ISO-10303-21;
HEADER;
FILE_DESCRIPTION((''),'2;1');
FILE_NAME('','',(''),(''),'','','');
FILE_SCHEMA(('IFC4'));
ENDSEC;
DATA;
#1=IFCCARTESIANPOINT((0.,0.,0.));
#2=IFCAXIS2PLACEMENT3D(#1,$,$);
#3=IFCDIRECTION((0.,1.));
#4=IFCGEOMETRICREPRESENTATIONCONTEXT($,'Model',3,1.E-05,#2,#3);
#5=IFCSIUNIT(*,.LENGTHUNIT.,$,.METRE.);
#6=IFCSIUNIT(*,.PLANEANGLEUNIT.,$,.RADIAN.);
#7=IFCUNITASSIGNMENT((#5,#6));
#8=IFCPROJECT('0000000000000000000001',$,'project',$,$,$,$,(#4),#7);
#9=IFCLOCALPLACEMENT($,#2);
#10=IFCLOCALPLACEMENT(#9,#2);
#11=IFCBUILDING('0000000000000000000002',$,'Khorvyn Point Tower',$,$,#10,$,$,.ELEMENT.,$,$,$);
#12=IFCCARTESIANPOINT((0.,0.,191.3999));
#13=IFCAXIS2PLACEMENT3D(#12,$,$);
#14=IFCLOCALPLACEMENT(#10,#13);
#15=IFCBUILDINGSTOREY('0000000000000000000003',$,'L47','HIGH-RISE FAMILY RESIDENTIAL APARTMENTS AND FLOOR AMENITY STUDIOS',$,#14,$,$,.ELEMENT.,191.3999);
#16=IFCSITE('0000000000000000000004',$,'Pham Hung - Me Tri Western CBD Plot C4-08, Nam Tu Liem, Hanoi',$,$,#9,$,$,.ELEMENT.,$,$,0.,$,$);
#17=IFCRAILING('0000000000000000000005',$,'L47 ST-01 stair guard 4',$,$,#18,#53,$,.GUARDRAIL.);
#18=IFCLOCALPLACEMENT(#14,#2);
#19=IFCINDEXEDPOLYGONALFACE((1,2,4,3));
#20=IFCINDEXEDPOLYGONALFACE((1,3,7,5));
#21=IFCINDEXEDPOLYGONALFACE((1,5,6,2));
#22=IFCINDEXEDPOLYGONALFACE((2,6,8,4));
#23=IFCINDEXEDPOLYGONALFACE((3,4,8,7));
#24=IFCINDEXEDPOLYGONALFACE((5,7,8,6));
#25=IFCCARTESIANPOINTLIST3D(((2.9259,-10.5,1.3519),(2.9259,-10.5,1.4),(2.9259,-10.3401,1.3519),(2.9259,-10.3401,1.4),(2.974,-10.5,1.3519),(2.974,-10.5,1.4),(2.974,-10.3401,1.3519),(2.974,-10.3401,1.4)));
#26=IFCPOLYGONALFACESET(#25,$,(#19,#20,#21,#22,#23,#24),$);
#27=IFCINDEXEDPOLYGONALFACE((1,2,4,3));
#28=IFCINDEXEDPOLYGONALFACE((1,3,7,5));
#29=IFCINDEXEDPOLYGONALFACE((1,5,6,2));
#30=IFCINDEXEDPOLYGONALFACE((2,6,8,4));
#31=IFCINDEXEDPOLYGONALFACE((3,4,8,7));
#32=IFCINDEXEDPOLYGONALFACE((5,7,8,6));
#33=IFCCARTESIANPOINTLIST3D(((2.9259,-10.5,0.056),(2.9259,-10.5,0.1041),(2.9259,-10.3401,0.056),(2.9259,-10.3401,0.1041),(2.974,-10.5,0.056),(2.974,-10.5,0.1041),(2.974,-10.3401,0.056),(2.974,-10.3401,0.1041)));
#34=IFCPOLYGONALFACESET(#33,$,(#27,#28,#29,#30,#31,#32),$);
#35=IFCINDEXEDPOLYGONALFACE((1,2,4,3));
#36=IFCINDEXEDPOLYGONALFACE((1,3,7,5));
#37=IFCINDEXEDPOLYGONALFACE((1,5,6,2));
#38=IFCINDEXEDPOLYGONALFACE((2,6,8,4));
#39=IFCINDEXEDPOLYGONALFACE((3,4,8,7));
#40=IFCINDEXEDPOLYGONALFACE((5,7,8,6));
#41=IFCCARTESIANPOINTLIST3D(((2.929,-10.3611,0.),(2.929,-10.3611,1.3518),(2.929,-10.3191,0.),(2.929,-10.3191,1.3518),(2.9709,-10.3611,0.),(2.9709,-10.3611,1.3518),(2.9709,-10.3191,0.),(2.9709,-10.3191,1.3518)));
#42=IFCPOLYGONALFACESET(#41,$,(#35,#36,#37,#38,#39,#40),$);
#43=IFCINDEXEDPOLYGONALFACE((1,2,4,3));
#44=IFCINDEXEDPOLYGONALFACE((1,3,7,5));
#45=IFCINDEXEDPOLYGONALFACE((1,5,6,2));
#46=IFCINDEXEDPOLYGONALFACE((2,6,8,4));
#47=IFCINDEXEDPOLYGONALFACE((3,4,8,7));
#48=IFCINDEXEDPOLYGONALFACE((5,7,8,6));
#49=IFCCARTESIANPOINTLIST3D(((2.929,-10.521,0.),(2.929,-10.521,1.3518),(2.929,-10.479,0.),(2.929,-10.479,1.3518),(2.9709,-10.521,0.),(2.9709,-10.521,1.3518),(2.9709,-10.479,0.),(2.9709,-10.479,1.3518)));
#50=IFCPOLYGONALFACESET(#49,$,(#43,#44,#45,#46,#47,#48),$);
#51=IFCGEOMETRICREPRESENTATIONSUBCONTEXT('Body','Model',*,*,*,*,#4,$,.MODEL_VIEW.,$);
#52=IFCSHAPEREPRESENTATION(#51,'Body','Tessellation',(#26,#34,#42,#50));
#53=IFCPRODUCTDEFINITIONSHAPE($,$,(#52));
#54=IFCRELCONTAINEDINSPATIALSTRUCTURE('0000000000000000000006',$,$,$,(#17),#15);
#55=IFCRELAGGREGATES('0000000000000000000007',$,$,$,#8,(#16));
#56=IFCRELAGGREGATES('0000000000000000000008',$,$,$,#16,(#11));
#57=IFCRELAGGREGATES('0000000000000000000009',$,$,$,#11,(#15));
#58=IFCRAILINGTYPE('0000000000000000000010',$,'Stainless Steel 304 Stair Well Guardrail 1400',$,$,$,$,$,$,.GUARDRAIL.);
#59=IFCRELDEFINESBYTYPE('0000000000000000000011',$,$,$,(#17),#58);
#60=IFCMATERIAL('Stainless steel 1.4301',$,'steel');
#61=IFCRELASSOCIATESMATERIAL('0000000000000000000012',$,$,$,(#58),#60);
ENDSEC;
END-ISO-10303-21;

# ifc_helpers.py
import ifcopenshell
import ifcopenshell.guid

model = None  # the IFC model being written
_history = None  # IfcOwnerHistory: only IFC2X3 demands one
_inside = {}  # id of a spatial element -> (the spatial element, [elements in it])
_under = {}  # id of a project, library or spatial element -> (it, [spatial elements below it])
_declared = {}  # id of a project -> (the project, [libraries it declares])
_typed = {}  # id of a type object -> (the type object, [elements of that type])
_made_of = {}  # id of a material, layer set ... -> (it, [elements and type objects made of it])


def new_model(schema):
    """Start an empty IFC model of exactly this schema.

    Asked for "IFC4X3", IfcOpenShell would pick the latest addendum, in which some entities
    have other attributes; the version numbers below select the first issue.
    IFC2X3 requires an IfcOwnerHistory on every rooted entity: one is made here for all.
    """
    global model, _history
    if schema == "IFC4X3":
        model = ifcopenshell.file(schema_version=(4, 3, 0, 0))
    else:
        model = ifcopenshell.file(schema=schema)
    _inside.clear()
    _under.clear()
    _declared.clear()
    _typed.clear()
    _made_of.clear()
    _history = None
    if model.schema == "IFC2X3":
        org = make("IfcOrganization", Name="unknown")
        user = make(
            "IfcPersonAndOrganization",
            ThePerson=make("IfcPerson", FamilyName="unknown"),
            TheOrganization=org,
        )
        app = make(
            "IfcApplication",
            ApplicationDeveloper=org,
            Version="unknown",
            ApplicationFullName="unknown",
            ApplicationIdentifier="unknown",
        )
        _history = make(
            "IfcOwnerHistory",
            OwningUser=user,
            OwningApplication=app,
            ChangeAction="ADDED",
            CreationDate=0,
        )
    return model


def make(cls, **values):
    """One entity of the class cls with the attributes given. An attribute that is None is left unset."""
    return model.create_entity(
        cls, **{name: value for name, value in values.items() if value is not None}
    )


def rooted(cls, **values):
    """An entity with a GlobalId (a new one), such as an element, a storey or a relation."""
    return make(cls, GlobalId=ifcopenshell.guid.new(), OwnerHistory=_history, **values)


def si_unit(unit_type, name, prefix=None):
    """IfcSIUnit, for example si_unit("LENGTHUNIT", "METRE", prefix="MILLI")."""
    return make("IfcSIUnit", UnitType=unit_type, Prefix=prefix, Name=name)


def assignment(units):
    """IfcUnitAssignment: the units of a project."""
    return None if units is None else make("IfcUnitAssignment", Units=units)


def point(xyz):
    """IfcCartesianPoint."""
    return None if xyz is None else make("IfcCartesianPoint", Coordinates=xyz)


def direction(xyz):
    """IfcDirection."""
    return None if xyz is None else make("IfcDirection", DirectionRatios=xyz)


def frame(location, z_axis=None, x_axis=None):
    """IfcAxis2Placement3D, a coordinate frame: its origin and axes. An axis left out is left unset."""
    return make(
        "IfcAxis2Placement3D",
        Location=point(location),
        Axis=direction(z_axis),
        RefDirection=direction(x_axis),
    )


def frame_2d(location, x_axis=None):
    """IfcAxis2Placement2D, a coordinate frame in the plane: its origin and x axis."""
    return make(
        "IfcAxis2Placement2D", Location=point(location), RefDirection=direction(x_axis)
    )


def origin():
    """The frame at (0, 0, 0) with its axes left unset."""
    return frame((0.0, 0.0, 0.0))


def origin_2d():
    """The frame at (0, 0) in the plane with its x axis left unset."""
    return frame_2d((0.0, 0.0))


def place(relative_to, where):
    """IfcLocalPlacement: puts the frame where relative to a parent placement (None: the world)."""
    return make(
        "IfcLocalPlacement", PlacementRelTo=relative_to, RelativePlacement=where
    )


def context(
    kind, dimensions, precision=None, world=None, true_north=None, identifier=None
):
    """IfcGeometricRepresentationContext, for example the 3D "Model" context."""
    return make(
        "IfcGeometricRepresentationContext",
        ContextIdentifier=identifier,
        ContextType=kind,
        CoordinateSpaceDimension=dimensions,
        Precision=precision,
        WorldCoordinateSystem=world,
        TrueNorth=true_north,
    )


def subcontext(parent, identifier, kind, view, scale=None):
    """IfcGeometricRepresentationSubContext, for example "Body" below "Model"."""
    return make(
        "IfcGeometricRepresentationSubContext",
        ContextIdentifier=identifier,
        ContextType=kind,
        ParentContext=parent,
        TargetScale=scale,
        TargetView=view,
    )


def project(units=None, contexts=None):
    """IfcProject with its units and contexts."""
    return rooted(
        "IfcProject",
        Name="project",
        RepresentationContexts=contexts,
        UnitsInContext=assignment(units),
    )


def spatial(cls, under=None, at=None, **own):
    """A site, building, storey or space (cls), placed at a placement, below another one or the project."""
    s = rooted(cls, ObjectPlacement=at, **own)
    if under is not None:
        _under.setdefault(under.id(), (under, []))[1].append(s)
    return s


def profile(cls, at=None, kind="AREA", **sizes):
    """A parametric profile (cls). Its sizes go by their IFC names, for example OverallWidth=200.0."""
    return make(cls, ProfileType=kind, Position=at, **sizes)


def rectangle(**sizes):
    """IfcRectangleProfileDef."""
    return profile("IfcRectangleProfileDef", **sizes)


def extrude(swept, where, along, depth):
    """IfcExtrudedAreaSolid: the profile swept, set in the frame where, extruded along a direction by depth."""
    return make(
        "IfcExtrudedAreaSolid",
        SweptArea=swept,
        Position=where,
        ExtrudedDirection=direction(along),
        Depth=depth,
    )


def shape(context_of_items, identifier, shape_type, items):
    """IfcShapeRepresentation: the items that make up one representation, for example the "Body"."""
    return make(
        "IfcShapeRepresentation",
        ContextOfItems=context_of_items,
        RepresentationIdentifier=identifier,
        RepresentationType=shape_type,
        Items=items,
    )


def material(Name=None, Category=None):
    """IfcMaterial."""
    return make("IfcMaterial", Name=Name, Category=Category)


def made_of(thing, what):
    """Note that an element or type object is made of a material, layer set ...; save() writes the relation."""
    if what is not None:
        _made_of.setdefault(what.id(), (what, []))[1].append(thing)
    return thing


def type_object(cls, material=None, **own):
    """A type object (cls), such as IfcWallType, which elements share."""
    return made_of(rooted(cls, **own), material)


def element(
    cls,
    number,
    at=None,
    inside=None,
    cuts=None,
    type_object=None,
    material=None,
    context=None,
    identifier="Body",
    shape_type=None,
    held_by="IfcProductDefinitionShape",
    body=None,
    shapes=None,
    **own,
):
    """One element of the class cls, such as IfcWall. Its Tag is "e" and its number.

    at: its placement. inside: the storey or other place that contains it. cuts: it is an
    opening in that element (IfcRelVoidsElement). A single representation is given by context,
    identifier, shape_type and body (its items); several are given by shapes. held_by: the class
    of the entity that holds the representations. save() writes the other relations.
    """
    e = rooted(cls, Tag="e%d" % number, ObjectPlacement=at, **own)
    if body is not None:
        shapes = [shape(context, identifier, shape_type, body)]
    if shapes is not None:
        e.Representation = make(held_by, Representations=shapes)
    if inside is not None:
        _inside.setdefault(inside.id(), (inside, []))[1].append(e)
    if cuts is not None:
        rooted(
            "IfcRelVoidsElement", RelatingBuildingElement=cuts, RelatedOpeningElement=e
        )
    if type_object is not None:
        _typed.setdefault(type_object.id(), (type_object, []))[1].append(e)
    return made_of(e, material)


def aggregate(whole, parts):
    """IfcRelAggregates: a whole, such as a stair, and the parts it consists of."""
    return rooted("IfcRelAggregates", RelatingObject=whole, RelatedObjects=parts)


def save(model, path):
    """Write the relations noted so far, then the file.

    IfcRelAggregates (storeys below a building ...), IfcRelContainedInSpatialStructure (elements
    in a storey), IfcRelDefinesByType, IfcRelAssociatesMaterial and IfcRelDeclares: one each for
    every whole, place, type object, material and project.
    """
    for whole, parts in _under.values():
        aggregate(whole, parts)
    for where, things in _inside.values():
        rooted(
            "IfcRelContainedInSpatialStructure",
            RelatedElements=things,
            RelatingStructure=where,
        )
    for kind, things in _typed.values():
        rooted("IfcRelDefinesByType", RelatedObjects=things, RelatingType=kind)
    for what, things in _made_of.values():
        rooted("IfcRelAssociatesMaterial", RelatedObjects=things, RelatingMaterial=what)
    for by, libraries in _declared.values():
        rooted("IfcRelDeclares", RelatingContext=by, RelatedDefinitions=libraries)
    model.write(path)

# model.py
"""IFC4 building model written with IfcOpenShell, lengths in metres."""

from ifc_helpers import new_model, si_unit, direction, frame, origin, origin_2d, place, context, subcontext, project, spatial, rectangle, extrude, material, type_object, element, save


model = new_model("IFC4")

# Units and contexts
model_context = context("Model", 3, precision=1e-05, world=origin(), true_north=direction((0.0, 1.0)))
body_context = subcontext(model_context, "Body", "Model", "MODEL_VIEW")
ifc_project = project(units=[si_unit("LENGTHUNIT", "METRE"), si_unit("PLANEANGLEUNIT", "RADIAN")], contexts=[model_context])

# Site, building, storey
site_placement = place(None, origin())
site = spatial("IfcSite", under=ifc_project, at=site_placement, Name="Pham Hung - Me Tri Western CBD Plot C4-08, Nam Tu Liem, Hanoi", CompositionType="ELEMENT", RefElevation=0.0)
building_placement = place(site_placement, origin())
building = spatial("IfcBuilding", under=site, at=building_placement, Name="Khorvyn Point Tower", CompositionType="ELEMENT")
storey_placement = place(building_placement, frame((0.0, 0.0, 191.3999)))
storey = spatial("IfcBuildingStorey", under=building, at=storey_placement, Name="L47", Description="HIGH-RISE FAMILY RESIDENTIAL APARTMENTS AND FLOOR AMENITY STUDIOS", CompositionType="ELEMENT", Elevation=191.3999)

# Shared definitions
ifc_material_1 = material(Name="Stainless steel 1.4301", Category="steel")

# Railing
railing_type_1 = type_object("IfcRailingType", Name="Stainless Steel 304 Stair Well Guardrail 1400", PredefinedType="GUARDRAIL", material=ifc_material_1)
railing_1_placement = place(storey_placement, frame((2.95, -10.3401, 0.0)))
element("IfcRailing", 1, at=railing_1_placement, inside=storey, type_object=railing_type_1, Name="L47 ST-01 stair guard 4", PredefinedType="GUARDRAIL", context=body_context, shape_type="SweptSolid", body=[
    extrude(rectangle(XDim=0.0481, YDim=0.0481, at=origin_2d()), frame((0.0, 0.0, 1.376), z_axis=(0.0, -1.0, 0.0), x_axis=(1.0, 0.0, 0.0)), (0.0, 0.0, 1.0), 0.1599),
    extrude(rectangle(XDim=0.0481, YDim=0.0481, at=origin_2d()), frame((0.0, 0.0, 0.0801), z_axis=(0.0, -1.0, 0.0), x_axis=(1.0, 0.0, 0.0)), (0.0, 0.0, 1.0), 0.1599),
    extrude(rectangle(XDim=0.042, YDim=0.042, at=origin_2d()), origin(), (0.0, 0.0, 1.0), 1.3518),
    extrude(rectangle(XDim=0.042, YDim=0.042, at=origin_2d()), frame((0.0, -0.1599, 0.0)), (0.0, 0.0, 1.0), 1.3518),
])

save(model, "model.ifc")
